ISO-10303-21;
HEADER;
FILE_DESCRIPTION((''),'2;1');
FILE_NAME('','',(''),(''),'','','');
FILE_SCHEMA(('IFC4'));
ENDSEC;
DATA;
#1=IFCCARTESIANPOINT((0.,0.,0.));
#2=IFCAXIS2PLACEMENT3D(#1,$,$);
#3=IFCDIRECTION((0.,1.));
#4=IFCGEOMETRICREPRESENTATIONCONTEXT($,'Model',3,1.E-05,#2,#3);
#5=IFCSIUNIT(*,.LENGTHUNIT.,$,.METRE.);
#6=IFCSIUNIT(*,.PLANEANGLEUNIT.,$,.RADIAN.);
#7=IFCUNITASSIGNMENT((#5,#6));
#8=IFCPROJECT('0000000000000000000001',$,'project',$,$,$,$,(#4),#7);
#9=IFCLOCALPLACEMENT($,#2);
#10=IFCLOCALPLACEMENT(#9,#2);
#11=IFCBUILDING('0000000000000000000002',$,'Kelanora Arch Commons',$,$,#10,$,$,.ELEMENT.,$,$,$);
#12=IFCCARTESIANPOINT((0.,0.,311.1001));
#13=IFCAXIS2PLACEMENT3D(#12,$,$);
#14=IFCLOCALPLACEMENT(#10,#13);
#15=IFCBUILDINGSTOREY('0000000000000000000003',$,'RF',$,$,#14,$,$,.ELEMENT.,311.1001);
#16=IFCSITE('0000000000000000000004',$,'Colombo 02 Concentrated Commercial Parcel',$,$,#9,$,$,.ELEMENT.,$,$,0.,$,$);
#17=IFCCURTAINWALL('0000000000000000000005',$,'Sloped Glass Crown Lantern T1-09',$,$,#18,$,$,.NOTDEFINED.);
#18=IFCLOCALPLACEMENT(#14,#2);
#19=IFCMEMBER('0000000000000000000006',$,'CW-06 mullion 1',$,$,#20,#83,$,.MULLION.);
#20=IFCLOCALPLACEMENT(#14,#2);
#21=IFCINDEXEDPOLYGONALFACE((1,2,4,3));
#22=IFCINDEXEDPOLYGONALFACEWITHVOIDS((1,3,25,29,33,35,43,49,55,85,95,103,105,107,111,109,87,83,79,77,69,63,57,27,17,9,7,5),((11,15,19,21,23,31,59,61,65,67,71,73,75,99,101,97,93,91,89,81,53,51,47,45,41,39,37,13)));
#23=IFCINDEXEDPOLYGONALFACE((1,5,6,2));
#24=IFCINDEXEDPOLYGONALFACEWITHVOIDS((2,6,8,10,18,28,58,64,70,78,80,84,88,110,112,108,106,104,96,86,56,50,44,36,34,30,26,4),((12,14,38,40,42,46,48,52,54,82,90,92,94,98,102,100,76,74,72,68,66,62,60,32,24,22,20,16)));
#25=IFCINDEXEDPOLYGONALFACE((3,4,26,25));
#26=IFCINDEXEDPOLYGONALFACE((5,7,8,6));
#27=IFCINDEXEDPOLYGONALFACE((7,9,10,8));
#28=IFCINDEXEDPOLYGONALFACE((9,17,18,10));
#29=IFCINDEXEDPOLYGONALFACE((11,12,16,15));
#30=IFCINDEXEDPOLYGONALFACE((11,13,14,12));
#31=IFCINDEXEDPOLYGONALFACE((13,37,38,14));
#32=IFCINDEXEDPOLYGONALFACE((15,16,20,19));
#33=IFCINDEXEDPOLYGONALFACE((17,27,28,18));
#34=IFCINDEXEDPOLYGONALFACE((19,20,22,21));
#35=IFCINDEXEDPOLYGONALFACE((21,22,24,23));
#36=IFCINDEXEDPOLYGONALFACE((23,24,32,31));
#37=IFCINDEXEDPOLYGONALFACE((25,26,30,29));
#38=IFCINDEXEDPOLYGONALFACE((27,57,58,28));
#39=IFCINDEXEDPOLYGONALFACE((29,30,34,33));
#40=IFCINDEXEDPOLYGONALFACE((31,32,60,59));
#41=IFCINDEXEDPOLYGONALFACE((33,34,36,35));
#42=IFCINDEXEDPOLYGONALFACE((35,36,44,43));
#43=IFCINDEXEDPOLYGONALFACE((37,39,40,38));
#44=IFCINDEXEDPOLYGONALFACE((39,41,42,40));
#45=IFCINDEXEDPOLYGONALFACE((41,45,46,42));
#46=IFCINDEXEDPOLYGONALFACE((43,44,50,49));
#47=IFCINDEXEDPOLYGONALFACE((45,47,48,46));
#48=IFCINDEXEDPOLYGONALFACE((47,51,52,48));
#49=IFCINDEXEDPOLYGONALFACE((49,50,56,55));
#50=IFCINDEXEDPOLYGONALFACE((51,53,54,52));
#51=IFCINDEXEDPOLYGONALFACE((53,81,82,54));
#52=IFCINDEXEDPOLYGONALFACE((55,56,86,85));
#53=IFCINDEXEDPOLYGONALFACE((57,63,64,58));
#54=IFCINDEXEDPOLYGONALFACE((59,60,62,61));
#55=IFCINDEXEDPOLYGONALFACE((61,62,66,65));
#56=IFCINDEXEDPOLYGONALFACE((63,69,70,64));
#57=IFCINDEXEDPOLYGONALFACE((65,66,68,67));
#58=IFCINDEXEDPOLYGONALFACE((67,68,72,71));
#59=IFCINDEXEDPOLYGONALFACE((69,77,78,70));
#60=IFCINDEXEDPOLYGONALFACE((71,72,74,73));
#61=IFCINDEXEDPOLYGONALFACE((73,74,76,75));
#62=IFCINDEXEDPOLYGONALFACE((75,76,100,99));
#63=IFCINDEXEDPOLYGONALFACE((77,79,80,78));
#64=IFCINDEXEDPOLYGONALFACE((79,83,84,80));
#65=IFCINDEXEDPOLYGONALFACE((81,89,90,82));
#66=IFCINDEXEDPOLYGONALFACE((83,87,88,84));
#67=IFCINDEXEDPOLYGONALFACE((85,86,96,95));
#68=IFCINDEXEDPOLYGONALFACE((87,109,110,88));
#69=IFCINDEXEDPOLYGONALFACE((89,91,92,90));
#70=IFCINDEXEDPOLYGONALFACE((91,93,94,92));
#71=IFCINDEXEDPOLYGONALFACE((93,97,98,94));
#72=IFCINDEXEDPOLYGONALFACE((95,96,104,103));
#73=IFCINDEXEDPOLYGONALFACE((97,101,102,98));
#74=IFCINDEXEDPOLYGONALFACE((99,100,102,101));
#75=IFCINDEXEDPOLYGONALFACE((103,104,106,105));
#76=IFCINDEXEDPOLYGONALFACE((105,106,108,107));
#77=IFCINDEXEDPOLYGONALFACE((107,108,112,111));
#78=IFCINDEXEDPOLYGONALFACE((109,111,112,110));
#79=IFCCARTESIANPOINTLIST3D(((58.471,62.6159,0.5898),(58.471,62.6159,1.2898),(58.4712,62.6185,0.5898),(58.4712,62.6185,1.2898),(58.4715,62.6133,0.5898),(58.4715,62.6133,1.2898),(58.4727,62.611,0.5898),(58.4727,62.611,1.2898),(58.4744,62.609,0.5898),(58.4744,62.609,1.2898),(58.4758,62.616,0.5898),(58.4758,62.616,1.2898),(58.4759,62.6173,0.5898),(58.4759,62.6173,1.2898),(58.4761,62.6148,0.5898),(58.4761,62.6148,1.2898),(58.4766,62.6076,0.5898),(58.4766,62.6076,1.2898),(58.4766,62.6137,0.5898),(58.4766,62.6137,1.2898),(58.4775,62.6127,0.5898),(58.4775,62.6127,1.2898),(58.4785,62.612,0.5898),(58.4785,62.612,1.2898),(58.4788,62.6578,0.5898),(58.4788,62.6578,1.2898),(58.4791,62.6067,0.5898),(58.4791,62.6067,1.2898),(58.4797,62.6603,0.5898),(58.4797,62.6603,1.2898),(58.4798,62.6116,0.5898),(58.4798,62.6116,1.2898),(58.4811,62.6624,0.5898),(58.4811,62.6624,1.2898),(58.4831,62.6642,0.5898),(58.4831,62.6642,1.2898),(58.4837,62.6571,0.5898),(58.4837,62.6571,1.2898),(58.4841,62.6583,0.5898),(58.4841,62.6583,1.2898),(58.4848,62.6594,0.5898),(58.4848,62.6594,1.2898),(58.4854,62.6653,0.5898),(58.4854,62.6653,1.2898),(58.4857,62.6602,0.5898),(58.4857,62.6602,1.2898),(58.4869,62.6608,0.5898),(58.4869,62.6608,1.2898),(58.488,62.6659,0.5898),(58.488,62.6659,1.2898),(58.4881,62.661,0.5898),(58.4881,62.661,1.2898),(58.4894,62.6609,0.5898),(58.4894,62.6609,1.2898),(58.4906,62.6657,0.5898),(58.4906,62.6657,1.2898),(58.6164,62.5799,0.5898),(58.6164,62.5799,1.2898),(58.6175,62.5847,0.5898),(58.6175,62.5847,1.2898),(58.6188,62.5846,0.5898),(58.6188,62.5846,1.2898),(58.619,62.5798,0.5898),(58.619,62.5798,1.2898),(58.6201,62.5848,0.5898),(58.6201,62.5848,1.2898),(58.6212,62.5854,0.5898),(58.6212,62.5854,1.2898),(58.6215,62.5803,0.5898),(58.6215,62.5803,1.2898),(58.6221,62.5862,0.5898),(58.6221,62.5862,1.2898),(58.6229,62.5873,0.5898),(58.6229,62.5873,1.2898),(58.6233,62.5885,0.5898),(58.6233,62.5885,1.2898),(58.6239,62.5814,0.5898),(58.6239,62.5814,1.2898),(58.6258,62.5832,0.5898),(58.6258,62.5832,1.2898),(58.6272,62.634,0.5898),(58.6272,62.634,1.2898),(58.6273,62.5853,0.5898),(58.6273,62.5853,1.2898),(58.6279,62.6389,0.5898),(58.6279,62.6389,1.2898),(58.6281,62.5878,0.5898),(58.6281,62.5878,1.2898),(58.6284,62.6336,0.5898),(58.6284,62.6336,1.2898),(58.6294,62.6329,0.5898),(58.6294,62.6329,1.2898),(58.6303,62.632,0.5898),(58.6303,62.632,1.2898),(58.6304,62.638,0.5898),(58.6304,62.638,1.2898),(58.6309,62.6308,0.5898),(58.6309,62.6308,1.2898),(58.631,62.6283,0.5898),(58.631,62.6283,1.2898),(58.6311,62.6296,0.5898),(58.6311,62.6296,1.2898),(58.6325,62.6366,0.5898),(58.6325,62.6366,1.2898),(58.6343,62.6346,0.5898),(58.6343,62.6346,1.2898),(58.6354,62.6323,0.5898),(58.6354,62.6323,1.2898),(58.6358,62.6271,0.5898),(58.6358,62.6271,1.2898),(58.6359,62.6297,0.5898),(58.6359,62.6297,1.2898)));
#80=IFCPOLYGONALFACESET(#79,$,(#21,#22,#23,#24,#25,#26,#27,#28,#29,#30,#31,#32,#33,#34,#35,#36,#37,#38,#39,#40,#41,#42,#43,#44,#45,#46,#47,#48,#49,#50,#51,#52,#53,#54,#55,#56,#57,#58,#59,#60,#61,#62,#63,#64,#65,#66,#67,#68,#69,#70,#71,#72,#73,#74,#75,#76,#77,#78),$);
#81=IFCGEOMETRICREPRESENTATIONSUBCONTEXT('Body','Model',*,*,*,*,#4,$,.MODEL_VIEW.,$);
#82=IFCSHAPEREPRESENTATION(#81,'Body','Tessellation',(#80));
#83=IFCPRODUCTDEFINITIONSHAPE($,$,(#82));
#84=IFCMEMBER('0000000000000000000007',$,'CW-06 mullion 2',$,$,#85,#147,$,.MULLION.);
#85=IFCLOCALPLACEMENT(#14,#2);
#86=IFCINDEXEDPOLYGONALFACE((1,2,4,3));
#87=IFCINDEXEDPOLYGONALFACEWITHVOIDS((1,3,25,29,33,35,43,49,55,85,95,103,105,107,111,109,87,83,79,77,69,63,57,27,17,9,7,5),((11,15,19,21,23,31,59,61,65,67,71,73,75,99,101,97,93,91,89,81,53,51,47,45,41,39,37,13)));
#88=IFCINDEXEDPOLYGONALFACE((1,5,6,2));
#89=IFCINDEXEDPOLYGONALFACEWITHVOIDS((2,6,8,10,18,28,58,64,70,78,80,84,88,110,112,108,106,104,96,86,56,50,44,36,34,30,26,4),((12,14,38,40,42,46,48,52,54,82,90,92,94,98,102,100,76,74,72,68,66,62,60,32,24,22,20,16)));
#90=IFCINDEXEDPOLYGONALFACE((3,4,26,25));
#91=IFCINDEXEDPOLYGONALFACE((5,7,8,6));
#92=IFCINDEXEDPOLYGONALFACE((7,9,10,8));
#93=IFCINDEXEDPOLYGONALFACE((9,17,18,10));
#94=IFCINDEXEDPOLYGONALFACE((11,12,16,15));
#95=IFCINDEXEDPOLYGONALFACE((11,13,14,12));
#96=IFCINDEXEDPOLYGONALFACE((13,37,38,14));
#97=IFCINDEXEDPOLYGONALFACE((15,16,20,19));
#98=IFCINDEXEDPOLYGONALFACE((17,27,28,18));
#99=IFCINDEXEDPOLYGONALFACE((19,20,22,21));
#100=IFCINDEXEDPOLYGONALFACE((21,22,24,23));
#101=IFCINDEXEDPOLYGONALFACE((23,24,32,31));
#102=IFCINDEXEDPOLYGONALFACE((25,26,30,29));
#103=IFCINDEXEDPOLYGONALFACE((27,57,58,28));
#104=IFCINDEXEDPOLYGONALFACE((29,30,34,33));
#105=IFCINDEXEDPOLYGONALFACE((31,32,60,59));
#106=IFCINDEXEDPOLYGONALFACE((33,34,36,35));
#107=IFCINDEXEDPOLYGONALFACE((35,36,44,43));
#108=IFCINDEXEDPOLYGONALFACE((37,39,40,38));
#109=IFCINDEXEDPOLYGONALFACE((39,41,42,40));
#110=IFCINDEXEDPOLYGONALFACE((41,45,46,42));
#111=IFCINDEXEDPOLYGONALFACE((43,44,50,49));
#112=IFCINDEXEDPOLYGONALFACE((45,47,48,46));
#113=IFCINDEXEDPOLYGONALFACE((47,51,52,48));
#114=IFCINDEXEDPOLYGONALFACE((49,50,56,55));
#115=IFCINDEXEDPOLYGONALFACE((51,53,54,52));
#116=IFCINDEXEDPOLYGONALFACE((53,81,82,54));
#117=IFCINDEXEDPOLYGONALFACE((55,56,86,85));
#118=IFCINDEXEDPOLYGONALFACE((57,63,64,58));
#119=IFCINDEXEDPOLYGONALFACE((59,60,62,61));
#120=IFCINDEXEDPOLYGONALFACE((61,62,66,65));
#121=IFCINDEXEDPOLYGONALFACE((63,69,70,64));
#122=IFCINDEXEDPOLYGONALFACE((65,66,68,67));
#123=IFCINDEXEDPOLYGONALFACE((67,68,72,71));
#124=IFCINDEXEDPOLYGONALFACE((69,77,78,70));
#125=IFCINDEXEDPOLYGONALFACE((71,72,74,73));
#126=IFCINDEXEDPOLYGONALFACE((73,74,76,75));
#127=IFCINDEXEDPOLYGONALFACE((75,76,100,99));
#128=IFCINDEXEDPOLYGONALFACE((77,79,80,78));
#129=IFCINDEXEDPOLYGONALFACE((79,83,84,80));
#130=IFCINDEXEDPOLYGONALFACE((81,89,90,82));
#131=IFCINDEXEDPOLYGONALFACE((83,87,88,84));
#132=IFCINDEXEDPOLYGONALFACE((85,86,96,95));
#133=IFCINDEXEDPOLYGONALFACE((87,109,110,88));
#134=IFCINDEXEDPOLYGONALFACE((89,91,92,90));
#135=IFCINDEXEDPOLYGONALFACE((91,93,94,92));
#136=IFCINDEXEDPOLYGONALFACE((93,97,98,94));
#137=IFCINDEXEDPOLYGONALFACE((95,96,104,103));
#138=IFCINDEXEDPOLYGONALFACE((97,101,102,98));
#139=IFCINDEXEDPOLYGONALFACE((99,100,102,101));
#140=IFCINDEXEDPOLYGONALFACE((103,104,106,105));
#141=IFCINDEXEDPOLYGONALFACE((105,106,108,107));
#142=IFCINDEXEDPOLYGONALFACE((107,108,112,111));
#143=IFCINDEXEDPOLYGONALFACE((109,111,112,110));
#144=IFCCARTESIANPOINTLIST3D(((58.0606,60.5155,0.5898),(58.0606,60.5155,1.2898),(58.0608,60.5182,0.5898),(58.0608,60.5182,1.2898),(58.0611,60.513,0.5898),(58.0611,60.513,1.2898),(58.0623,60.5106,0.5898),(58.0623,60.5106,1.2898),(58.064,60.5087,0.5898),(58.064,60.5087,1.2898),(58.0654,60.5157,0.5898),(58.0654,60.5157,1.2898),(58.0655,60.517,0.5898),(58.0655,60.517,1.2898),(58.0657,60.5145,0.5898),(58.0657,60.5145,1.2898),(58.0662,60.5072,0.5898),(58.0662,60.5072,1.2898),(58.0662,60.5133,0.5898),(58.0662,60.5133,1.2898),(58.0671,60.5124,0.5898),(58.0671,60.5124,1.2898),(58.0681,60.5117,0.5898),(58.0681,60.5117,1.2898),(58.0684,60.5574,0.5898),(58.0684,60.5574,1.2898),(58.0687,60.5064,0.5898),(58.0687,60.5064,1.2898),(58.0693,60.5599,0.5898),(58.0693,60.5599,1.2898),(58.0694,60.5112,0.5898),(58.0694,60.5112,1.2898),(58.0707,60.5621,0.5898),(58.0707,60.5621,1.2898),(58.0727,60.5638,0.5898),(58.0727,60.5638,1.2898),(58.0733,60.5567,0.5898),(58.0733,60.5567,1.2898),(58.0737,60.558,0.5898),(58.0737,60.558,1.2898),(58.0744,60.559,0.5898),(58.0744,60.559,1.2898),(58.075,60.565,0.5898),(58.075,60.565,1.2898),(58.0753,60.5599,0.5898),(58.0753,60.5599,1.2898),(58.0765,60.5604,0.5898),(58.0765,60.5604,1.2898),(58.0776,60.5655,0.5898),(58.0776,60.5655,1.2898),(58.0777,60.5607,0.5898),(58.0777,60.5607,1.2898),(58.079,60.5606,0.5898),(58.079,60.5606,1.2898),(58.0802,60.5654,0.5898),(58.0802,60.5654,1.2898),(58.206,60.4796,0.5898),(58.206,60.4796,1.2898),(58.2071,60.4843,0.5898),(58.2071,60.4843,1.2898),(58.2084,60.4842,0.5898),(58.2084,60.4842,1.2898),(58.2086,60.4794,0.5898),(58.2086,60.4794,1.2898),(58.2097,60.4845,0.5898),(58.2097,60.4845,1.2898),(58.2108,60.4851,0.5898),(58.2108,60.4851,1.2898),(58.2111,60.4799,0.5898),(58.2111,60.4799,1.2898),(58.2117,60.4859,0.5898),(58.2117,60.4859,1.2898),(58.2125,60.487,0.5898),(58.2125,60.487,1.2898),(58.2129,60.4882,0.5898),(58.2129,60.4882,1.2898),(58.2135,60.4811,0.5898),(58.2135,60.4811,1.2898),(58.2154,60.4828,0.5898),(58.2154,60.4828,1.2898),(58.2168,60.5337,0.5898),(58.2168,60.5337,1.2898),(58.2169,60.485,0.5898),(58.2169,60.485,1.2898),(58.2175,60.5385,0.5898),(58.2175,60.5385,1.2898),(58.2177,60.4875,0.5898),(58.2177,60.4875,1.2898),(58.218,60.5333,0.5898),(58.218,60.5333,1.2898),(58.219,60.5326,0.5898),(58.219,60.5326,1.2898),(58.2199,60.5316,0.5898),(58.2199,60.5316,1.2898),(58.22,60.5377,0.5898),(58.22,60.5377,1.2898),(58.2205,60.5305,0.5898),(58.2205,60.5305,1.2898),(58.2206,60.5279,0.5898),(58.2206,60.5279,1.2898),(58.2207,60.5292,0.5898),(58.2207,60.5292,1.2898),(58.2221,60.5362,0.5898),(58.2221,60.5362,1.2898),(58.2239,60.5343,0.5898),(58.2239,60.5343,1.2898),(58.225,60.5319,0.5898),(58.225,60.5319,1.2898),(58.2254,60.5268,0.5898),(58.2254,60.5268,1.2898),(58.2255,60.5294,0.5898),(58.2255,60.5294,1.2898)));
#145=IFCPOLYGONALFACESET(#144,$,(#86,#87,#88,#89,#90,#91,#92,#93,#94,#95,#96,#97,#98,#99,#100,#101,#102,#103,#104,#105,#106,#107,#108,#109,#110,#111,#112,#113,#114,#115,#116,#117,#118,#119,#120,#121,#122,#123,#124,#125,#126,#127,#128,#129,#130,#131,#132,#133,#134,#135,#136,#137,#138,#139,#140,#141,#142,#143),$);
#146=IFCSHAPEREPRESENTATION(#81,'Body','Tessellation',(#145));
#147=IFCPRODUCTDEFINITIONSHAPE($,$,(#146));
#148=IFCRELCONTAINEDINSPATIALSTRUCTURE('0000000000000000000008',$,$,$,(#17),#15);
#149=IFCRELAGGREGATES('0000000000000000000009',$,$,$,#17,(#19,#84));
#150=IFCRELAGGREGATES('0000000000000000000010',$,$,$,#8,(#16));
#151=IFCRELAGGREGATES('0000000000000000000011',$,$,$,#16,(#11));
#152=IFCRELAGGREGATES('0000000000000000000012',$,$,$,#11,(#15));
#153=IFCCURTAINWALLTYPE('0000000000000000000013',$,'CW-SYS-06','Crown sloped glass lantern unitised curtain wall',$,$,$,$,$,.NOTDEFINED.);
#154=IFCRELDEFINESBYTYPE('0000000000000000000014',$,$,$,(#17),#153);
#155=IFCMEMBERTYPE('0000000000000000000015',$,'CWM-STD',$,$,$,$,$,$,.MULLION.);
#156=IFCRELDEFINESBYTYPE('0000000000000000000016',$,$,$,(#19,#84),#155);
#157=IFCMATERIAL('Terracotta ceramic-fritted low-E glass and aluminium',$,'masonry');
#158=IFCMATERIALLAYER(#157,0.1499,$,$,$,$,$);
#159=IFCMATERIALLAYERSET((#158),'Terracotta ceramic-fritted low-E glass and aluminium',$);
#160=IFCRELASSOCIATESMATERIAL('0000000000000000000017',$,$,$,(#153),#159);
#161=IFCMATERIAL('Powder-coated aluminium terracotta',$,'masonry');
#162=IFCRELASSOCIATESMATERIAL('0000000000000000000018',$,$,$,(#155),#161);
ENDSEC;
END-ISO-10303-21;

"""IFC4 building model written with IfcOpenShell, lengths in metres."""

from ifc_helpers import new_model, si_unit, direction, frame, origin, origin_2d, place, context, subcontext, project, spatial, hollow_rectangle, extrude, material, layer, layer_set, material_profile, profile_set, type_object, element, aggregate, save


model = new_model("IFC4")

# Units and contexts
model_context = context("Model", 3, precision=1e-05, world=origin(), true_north=direction((0.0, 1.0)))
body_context = subcontext(model_context, "Body", "Model", "MODEL_VIEW")
ifc_project = project(units=[si_unit("LENGTHUNIT", "METRE"), si_unit("PLANEANGLEUNIT", "RADIAN")], contexts=[model_context])

# Site, building, storey
site_placement = place(None, origin())
site = spatial("IfcSite", under=ifc_project, at=site_placement, Name="Colombo 02 Concentrated Commercial Parcel", CompositionType="ELEMENT", RefElevation=0.0)
building_placement = place(site_placement, origin())
building = spatial("IfcBuilding", under=site, at=building_placement, Name="Kelanora Arch Commons", CompositionType="ELEMENT")
storey_placement = place(building_placement, frame((0.0, 0.0, 311.1001)))
storey = spatial("IfcBuildingStorey", under=building, at=storey_placement, Name="RF", CompositionType="ELEMENT", Elevation=311.1001)

# Curtain wall, members
ifc_material_1 = material(Name="Terracotta ceramic-fritted low-E glass and aluminium", Category="masonry")
ifc_layer_1 = layer(ifc_material_1, 0.1499)
ifc_layer_set_1 = layer_set([ifc_layer_1], Name="Terracotta ceramic-fritted low-E glass and aluminium")
curtain_wall_type = type_object("IfcCurtainWallType", Name="CW-SYS-06", Description="Crown sloped glass lantern unitised curtain wall", PredefinedType="NOTDEFINED", material=ifc_layer_set_1)
curtain_wall_1_placement = place(storey_placement, origin())
curtain_wall_1 = element("IfcCurtainWall", 1, at=curtain_wall_1_placement, inside=storey, type_object=curtain_wall_type, Name="Sloped Glass Crown Lantern T1-09", PredefinedType="NOTDEFINED")
ifc_material_2 = material(Name="Powder-coated aluminium terracotta", Category="masonry")
ifc_material_profile_1 = material_profile(ifc_material_2, hollow_rectangle(XDim=0.1599, YDim=0.0601, WallThickness=0.0049, InnerFilletRadius=0.0049, OuterFilletRadius=0.01, at=origin_2d()), Name="CWM160x60")
ifc_profile_set_1 = profile_set([ifc_material_profile_1], Name="Powder-coated aluminium terracotta")
member_type_1 = type_object("IfcMemberType", Name="CWM-STD", PredefinedType="MULLION", material=ifc_profile_set_1)
member_1_placement = place(storey_placement, frame((58.5535, 62.6228, 0.5898), z_axis=(0.0, 0.0, 1.0), x_axis=(0.981427, -0.191834, 0.0)))
member_1 = element("IfcMember", 2, at=member_1_placement, type_object=member_type_1, Name="CW-06 mullion 1", PredefinedType="MULLION", context=body_context, shape_type="SweptSolid", body=[
    extrude(hollow_rectangle(XDim=0.1599, YDim=0.0601, WallThickness=0.0049, InnerFilletRadius=0.0049, OuterFilletRadius=0.01, at=origin_2d()), origin(), (0.0, 0.0, 1.0), 0.7),
])
member_2_placement = place(storey_placement, frame((58.1431, 60.5225, 0.5898), z_axis=(0.0, 0.0, 1.0), x_axis=(0.981427, -0.191834, 0.0)))
member_2 = element("IfcMember", 3, at=member_2_placement, type_object=member_type_1, Name="CW-06 mullion 2", PredefinedType="MULLION", context=body_context, shape_type="SweptSolid", body=[
    extrude(hollow_rectangle(XDim=0.1599, YDim=0.0601, WallThickness=0.0049, InnerFilletRadius=0.0049, OuterFilletRadius=0.01, at=origin_2d()), origin(), (0.0, 0.0, 1.0), 0.7),
])

aggregate(curtain_wall_1, [member_1, member_2])

save(model, "model.ifc")
